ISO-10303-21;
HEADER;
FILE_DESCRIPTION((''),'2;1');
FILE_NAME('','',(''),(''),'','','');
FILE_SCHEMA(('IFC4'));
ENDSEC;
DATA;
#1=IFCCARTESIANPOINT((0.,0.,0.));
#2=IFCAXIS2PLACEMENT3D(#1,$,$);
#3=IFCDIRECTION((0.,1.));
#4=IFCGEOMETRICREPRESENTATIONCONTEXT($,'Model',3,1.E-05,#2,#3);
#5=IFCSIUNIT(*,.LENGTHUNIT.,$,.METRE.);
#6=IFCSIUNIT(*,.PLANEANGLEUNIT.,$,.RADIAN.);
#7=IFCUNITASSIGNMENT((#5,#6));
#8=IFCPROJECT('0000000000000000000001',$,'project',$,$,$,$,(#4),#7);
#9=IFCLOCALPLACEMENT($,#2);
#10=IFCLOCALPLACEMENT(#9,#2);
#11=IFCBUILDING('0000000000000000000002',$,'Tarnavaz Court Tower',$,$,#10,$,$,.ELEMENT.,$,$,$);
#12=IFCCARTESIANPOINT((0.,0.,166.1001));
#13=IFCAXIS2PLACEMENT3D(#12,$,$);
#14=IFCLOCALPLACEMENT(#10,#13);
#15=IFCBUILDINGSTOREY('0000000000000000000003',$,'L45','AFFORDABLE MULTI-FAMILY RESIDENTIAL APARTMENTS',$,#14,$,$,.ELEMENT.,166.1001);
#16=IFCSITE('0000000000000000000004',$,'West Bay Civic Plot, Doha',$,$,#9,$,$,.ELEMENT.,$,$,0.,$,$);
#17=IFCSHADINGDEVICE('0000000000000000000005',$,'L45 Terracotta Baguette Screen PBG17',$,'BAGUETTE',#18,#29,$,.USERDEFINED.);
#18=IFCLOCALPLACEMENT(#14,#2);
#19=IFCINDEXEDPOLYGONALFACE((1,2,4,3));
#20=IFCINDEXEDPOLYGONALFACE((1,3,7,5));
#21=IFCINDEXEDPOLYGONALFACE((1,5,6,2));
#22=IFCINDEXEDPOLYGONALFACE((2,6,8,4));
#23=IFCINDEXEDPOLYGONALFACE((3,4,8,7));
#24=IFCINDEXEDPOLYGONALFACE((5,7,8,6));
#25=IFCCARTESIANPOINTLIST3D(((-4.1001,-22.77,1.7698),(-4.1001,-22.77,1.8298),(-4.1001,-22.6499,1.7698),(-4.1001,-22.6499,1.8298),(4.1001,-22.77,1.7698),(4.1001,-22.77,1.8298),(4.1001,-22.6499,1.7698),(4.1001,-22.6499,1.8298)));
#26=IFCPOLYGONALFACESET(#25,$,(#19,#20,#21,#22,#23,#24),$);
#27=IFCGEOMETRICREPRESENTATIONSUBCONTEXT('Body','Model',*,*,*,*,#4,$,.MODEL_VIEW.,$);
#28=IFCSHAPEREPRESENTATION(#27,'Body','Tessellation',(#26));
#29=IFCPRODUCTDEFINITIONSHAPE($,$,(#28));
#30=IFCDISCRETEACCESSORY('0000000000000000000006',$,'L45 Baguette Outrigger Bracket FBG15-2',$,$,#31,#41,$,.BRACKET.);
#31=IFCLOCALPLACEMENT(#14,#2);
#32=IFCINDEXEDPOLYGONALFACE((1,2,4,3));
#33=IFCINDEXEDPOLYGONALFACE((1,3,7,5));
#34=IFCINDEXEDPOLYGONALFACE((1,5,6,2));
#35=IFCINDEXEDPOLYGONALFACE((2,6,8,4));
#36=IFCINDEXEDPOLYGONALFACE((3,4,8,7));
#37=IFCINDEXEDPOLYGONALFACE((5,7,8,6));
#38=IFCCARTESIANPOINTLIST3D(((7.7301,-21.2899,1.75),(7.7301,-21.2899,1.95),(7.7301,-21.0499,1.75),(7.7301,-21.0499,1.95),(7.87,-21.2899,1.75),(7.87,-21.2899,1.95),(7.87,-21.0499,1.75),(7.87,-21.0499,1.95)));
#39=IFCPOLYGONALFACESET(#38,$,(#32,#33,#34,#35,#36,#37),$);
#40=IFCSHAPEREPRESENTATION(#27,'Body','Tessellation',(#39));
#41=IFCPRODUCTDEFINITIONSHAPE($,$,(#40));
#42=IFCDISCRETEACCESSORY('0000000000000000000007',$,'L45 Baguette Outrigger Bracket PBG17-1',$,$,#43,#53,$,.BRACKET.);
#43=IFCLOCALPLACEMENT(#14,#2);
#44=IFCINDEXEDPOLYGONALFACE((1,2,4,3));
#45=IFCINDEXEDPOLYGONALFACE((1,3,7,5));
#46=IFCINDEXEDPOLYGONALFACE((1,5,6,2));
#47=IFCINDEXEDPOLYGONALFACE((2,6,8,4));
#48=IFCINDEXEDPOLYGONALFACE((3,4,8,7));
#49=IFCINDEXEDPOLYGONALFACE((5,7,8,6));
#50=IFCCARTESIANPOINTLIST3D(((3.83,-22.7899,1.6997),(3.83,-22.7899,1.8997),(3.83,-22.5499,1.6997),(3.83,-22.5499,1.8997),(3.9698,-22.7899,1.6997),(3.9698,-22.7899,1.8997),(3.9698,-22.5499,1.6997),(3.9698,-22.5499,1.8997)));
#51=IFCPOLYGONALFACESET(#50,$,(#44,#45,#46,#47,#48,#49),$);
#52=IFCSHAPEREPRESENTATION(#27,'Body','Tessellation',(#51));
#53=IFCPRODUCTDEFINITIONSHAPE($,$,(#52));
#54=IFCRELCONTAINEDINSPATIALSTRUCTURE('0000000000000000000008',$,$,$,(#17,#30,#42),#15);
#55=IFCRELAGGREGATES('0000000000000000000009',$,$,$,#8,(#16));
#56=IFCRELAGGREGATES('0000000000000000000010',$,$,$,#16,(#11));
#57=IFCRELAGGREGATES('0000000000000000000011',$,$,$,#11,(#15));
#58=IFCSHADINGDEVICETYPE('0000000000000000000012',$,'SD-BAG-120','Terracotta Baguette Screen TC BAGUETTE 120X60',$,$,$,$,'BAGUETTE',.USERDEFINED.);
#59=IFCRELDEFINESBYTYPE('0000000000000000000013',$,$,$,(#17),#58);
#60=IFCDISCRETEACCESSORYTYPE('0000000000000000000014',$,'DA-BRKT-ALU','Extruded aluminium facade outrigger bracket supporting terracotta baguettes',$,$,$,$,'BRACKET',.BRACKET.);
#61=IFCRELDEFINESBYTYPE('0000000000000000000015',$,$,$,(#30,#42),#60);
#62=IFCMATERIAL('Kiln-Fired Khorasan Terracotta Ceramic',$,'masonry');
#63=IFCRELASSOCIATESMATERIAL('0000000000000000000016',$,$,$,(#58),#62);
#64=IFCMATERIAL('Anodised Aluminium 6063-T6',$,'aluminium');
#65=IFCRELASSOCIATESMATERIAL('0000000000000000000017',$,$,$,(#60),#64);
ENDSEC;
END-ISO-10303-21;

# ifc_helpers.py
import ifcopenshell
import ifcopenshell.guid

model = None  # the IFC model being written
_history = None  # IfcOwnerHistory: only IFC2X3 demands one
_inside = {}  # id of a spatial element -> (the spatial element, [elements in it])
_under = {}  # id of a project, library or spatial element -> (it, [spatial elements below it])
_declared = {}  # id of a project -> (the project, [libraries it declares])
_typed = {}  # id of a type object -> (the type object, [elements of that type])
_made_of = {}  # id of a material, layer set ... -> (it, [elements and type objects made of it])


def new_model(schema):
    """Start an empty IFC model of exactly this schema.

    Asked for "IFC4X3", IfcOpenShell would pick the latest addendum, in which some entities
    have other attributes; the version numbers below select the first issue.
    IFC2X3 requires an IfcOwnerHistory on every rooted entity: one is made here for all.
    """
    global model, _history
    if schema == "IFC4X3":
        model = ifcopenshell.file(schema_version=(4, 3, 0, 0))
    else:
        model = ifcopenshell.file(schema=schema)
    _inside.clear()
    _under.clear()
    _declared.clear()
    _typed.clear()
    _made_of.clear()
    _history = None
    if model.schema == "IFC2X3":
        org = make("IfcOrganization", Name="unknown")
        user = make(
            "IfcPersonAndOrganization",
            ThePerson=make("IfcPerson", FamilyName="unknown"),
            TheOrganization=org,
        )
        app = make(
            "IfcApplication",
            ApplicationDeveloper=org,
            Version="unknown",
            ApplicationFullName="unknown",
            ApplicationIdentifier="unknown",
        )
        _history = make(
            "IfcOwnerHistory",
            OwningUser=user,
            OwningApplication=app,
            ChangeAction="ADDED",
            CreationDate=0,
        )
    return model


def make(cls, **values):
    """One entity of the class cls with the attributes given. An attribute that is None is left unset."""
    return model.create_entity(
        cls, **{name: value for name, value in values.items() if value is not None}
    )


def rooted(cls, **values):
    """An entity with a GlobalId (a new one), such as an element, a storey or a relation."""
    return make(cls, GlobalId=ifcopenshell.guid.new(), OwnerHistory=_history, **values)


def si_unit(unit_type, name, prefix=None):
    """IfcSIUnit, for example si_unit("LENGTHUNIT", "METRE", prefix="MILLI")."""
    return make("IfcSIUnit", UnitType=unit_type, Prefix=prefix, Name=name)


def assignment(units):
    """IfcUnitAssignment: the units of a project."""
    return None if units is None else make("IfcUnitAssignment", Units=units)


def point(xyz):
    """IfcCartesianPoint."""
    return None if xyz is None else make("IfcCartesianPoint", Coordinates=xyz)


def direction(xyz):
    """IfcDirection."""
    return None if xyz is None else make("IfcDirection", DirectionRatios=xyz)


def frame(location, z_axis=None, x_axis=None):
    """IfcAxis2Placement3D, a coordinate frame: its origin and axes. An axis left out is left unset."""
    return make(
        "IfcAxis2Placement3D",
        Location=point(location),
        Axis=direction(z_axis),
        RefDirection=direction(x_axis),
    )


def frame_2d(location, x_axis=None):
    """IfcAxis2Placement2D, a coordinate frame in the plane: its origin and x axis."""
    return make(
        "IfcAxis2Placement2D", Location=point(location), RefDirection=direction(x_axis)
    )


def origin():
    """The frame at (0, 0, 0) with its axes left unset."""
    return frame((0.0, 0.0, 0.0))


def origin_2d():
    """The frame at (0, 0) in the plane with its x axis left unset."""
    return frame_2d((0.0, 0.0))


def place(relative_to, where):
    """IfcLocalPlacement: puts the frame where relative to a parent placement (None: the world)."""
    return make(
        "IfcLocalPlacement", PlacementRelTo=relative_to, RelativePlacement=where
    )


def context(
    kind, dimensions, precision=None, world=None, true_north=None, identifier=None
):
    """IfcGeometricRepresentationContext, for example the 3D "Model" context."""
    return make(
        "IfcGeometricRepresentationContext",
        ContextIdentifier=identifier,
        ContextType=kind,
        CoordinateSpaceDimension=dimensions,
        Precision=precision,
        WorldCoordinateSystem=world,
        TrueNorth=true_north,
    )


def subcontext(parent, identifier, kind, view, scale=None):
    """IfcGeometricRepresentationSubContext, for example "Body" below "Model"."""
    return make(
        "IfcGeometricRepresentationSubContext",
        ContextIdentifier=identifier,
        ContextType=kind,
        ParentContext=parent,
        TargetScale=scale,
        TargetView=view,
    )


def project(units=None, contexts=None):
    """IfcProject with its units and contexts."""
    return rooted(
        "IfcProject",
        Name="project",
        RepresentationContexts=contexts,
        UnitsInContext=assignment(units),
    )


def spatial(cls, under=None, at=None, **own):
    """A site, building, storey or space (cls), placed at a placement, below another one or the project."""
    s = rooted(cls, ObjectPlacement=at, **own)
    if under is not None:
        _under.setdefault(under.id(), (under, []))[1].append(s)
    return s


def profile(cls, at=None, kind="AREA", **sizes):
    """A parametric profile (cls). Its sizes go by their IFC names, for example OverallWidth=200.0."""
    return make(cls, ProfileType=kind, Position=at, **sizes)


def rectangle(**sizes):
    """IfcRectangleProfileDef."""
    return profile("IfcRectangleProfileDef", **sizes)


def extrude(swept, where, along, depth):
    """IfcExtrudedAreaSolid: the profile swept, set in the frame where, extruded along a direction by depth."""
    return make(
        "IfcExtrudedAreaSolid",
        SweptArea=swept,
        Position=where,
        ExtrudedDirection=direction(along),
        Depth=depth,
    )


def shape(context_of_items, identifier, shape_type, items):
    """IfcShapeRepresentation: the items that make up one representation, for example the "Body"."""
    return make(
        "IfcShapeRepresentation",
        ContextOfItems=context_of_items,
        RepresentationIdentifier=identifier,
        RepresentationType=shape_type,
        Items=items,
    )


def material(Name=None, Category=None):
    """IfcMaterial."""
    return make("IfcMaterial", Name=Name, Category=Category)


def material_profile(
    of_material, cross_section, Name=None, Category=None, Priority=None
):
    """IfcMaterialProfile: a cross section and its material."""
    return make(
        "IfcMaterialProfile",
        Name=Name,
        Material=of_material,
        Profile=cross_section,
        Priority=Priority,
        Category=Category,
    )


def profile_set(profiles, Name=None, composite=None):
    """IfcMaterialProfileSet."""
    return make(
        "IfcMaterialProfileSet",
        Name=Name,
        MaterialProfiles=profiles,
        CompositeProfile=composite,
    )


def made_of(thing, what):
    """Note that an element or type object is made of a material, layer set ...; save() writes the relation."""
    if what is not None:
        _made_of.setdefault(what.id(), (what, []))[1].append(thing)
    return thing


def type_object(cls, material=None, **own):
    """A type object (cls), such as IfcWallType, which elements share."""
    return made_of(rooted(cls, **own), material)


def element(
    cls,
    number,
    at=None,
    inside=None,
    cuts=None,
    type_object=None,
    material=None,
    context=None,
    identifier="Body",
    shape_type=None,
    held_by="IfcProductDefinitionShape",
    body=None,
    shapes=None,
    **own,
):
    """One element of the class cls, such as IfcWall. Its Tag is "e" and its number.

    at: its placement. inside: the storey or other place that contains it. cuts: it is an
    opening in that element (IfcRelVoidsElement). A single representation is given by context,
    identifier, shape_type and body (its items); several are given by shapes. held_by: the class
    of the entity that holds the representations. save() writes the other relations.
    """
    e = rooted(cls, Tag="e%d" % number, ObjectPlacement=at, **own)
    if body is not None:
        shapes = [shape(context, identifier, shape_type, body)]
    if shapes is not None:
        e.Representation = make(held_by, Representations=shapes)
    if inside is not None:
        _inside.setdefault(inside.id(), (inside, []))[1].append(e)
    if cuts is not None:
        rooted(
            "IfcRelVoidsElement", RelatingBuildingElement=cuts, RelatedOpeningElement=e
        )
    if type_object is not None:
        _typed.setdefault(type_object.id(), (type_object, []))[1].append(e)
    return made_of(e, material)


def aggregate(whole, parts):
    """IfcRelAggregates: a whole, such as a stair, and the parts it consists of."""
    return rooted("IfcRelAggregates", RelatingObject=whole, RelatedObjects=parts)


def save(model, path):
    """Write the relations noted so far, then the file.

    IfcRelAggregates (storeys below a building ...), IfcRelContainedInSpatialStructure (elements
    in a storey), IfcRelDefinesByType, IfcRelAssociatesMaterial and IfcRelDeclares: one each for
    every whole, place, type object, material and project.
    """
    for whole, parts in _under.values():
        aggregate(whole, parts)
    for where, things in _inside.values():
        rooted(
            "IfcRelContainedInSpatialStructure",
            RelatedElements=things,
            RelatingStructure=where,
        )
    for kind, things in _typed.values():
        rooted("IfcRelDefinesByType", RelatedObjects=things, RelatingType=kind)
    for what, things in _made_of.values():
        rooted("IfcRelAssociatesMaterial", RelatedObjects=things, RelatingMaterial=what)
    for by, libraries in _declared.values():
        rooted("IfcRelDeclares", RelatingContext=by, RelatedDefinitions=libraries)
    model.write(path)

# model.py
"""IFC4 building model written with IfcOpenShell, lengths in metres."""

from ifc_helpers import new_model, si_unit, direction, frame, origin, origin_2d, place, context, subcontext, project, spatial, rectangle, extrude, material, material_profile, profile_set, type_object, element, save


model = new_model("IFC4")

# Units and contexts
model_context = context("Model", 3, precision=1e-05, world=origin(), true_north=direction((0.0, 1.0)))
body_context = subcontext(model_context, "Body", "Model", "MODEL_VIEW")
ifc_project = project(units=[si_unit("LENGTHUNIT", "METRE"), si_unit("PLANEANGLEUNIT", "RADIAN")], contexts=[model_context])

# Site, building, storey
site_placement = place(None, origin())
site = spatial("IfcSite", under=ifc_project, at=site_placement, Name="West Bay Civic Plot, Doha", CompositionType="ELEMENT", RefElevation=0.0)
building_placement = place(site_placement, origin())
building = spatial("IfcBuilding", under=site, at=building_placement, Name="Tarnavaz Court Tower", CompositionType="ELEMENT")
storey_placement = place(building_placement, frame((0.0, 0.0, 166.1001)))
storey = spatial("IfcBuildingStorey", under=building, at=storey_placement, Name="L45", Description="AFFORDABLE MULTI-FAMILY RESIDENTIAL APARTMENTS", CompositionType="ELEMENT", Elevation=166.1001)

# Shared definitions
ifc_material_1 = material(Name="Anodised Aluminium 6063-T6", Category="aluminium")

# Shading device
ifc_material_2 = material(Name="Kiln-Fired Khorasan Terracotta Ceramic", Category="masonry")
ifc_material_profile_1 = material_profile(ifc_material_2, rectangle(XDim=0.1201, YDim=0.0601, at=origin_2d()), Name="TC BAGUETTE 120X60")
ifc_profile_set_1 = profile_set([ifc_material_profile_1], Name="Kiln-Fired Khorasan Terracotta Ceramic")
shading_device_type = type_object("IfcShadingDeviceType", Name="SD-BAG-120", Description="Terracotta Baguette Screen TC BAGUETTE 120X60", ElementType="BAGUETTE", PredefinedType="USERDEFINED", material=ifc_profile_set_1)
shading_device_placement = place(storey_placement, frame((4.1001, -22.71, 1.7998), z_axis=(-1.0, 0.0, 0.0), x_axis=(0.0, -1.0, 0.0)))
element("IfcShadingDevice", 1, at=shading_device_placement, inside=storey, type_object=shading_device_type, Name="L45 Terracotta Baguette Screen PBG17", ObjectType="BAGUETTE", PredefinedType="USERDEFINED", context=body_context, shape_type="SweptSolid", body=[
    extrude(rectangle(XDim=0.1201, YDim=0.0601, at=origin_2d()), origin(), (0.0, 0.0, 1.0), 8.2002),
])

# Discrete accessories
discrete_accessory_type = type_object("IfcDiscreteAccessoryType", Name="DA-BRKT-ALU", Description="Extruded aluminium facade outrigger bracket supporting terracotta baguettes", ElementType="BRACKET", PredefinedType="BRACKET", material=ifc_material_1)
for number, where, z_axis, x_axis, name in (
    (2, (7.8, -21.1699, 1.75), (0.0, 0.0, 1.0), (-1.0, 0.0, 0.0), "L45 Baguette Outrigger Bracket FBG15-2"),
    (3, (3.8999, -22.6699, 1.6997), (0.0, 0.0, 1.0), (-1.0, 0.0, 0.0), "L45 Baguette Outrigger Bracket PBG17-1"),
):
    element("IfcDiscreteAccessory", number, at=place(storey_placement, frame(where, z_axis=z_axis, x_axis=x_axis)), inside=storey, type_object=discrete_accessory_type, Name=name, PredefinedType="BRACKET", context=body_context, shape_type="SweptSolid", body=[
        extrude(rectangle(XDim=0.1399, YDim=0.24, at=origin_2d()), origin(), (0.0, 0.0, 1.0), 0.2),
    ])

save(model, "model.ifc")
